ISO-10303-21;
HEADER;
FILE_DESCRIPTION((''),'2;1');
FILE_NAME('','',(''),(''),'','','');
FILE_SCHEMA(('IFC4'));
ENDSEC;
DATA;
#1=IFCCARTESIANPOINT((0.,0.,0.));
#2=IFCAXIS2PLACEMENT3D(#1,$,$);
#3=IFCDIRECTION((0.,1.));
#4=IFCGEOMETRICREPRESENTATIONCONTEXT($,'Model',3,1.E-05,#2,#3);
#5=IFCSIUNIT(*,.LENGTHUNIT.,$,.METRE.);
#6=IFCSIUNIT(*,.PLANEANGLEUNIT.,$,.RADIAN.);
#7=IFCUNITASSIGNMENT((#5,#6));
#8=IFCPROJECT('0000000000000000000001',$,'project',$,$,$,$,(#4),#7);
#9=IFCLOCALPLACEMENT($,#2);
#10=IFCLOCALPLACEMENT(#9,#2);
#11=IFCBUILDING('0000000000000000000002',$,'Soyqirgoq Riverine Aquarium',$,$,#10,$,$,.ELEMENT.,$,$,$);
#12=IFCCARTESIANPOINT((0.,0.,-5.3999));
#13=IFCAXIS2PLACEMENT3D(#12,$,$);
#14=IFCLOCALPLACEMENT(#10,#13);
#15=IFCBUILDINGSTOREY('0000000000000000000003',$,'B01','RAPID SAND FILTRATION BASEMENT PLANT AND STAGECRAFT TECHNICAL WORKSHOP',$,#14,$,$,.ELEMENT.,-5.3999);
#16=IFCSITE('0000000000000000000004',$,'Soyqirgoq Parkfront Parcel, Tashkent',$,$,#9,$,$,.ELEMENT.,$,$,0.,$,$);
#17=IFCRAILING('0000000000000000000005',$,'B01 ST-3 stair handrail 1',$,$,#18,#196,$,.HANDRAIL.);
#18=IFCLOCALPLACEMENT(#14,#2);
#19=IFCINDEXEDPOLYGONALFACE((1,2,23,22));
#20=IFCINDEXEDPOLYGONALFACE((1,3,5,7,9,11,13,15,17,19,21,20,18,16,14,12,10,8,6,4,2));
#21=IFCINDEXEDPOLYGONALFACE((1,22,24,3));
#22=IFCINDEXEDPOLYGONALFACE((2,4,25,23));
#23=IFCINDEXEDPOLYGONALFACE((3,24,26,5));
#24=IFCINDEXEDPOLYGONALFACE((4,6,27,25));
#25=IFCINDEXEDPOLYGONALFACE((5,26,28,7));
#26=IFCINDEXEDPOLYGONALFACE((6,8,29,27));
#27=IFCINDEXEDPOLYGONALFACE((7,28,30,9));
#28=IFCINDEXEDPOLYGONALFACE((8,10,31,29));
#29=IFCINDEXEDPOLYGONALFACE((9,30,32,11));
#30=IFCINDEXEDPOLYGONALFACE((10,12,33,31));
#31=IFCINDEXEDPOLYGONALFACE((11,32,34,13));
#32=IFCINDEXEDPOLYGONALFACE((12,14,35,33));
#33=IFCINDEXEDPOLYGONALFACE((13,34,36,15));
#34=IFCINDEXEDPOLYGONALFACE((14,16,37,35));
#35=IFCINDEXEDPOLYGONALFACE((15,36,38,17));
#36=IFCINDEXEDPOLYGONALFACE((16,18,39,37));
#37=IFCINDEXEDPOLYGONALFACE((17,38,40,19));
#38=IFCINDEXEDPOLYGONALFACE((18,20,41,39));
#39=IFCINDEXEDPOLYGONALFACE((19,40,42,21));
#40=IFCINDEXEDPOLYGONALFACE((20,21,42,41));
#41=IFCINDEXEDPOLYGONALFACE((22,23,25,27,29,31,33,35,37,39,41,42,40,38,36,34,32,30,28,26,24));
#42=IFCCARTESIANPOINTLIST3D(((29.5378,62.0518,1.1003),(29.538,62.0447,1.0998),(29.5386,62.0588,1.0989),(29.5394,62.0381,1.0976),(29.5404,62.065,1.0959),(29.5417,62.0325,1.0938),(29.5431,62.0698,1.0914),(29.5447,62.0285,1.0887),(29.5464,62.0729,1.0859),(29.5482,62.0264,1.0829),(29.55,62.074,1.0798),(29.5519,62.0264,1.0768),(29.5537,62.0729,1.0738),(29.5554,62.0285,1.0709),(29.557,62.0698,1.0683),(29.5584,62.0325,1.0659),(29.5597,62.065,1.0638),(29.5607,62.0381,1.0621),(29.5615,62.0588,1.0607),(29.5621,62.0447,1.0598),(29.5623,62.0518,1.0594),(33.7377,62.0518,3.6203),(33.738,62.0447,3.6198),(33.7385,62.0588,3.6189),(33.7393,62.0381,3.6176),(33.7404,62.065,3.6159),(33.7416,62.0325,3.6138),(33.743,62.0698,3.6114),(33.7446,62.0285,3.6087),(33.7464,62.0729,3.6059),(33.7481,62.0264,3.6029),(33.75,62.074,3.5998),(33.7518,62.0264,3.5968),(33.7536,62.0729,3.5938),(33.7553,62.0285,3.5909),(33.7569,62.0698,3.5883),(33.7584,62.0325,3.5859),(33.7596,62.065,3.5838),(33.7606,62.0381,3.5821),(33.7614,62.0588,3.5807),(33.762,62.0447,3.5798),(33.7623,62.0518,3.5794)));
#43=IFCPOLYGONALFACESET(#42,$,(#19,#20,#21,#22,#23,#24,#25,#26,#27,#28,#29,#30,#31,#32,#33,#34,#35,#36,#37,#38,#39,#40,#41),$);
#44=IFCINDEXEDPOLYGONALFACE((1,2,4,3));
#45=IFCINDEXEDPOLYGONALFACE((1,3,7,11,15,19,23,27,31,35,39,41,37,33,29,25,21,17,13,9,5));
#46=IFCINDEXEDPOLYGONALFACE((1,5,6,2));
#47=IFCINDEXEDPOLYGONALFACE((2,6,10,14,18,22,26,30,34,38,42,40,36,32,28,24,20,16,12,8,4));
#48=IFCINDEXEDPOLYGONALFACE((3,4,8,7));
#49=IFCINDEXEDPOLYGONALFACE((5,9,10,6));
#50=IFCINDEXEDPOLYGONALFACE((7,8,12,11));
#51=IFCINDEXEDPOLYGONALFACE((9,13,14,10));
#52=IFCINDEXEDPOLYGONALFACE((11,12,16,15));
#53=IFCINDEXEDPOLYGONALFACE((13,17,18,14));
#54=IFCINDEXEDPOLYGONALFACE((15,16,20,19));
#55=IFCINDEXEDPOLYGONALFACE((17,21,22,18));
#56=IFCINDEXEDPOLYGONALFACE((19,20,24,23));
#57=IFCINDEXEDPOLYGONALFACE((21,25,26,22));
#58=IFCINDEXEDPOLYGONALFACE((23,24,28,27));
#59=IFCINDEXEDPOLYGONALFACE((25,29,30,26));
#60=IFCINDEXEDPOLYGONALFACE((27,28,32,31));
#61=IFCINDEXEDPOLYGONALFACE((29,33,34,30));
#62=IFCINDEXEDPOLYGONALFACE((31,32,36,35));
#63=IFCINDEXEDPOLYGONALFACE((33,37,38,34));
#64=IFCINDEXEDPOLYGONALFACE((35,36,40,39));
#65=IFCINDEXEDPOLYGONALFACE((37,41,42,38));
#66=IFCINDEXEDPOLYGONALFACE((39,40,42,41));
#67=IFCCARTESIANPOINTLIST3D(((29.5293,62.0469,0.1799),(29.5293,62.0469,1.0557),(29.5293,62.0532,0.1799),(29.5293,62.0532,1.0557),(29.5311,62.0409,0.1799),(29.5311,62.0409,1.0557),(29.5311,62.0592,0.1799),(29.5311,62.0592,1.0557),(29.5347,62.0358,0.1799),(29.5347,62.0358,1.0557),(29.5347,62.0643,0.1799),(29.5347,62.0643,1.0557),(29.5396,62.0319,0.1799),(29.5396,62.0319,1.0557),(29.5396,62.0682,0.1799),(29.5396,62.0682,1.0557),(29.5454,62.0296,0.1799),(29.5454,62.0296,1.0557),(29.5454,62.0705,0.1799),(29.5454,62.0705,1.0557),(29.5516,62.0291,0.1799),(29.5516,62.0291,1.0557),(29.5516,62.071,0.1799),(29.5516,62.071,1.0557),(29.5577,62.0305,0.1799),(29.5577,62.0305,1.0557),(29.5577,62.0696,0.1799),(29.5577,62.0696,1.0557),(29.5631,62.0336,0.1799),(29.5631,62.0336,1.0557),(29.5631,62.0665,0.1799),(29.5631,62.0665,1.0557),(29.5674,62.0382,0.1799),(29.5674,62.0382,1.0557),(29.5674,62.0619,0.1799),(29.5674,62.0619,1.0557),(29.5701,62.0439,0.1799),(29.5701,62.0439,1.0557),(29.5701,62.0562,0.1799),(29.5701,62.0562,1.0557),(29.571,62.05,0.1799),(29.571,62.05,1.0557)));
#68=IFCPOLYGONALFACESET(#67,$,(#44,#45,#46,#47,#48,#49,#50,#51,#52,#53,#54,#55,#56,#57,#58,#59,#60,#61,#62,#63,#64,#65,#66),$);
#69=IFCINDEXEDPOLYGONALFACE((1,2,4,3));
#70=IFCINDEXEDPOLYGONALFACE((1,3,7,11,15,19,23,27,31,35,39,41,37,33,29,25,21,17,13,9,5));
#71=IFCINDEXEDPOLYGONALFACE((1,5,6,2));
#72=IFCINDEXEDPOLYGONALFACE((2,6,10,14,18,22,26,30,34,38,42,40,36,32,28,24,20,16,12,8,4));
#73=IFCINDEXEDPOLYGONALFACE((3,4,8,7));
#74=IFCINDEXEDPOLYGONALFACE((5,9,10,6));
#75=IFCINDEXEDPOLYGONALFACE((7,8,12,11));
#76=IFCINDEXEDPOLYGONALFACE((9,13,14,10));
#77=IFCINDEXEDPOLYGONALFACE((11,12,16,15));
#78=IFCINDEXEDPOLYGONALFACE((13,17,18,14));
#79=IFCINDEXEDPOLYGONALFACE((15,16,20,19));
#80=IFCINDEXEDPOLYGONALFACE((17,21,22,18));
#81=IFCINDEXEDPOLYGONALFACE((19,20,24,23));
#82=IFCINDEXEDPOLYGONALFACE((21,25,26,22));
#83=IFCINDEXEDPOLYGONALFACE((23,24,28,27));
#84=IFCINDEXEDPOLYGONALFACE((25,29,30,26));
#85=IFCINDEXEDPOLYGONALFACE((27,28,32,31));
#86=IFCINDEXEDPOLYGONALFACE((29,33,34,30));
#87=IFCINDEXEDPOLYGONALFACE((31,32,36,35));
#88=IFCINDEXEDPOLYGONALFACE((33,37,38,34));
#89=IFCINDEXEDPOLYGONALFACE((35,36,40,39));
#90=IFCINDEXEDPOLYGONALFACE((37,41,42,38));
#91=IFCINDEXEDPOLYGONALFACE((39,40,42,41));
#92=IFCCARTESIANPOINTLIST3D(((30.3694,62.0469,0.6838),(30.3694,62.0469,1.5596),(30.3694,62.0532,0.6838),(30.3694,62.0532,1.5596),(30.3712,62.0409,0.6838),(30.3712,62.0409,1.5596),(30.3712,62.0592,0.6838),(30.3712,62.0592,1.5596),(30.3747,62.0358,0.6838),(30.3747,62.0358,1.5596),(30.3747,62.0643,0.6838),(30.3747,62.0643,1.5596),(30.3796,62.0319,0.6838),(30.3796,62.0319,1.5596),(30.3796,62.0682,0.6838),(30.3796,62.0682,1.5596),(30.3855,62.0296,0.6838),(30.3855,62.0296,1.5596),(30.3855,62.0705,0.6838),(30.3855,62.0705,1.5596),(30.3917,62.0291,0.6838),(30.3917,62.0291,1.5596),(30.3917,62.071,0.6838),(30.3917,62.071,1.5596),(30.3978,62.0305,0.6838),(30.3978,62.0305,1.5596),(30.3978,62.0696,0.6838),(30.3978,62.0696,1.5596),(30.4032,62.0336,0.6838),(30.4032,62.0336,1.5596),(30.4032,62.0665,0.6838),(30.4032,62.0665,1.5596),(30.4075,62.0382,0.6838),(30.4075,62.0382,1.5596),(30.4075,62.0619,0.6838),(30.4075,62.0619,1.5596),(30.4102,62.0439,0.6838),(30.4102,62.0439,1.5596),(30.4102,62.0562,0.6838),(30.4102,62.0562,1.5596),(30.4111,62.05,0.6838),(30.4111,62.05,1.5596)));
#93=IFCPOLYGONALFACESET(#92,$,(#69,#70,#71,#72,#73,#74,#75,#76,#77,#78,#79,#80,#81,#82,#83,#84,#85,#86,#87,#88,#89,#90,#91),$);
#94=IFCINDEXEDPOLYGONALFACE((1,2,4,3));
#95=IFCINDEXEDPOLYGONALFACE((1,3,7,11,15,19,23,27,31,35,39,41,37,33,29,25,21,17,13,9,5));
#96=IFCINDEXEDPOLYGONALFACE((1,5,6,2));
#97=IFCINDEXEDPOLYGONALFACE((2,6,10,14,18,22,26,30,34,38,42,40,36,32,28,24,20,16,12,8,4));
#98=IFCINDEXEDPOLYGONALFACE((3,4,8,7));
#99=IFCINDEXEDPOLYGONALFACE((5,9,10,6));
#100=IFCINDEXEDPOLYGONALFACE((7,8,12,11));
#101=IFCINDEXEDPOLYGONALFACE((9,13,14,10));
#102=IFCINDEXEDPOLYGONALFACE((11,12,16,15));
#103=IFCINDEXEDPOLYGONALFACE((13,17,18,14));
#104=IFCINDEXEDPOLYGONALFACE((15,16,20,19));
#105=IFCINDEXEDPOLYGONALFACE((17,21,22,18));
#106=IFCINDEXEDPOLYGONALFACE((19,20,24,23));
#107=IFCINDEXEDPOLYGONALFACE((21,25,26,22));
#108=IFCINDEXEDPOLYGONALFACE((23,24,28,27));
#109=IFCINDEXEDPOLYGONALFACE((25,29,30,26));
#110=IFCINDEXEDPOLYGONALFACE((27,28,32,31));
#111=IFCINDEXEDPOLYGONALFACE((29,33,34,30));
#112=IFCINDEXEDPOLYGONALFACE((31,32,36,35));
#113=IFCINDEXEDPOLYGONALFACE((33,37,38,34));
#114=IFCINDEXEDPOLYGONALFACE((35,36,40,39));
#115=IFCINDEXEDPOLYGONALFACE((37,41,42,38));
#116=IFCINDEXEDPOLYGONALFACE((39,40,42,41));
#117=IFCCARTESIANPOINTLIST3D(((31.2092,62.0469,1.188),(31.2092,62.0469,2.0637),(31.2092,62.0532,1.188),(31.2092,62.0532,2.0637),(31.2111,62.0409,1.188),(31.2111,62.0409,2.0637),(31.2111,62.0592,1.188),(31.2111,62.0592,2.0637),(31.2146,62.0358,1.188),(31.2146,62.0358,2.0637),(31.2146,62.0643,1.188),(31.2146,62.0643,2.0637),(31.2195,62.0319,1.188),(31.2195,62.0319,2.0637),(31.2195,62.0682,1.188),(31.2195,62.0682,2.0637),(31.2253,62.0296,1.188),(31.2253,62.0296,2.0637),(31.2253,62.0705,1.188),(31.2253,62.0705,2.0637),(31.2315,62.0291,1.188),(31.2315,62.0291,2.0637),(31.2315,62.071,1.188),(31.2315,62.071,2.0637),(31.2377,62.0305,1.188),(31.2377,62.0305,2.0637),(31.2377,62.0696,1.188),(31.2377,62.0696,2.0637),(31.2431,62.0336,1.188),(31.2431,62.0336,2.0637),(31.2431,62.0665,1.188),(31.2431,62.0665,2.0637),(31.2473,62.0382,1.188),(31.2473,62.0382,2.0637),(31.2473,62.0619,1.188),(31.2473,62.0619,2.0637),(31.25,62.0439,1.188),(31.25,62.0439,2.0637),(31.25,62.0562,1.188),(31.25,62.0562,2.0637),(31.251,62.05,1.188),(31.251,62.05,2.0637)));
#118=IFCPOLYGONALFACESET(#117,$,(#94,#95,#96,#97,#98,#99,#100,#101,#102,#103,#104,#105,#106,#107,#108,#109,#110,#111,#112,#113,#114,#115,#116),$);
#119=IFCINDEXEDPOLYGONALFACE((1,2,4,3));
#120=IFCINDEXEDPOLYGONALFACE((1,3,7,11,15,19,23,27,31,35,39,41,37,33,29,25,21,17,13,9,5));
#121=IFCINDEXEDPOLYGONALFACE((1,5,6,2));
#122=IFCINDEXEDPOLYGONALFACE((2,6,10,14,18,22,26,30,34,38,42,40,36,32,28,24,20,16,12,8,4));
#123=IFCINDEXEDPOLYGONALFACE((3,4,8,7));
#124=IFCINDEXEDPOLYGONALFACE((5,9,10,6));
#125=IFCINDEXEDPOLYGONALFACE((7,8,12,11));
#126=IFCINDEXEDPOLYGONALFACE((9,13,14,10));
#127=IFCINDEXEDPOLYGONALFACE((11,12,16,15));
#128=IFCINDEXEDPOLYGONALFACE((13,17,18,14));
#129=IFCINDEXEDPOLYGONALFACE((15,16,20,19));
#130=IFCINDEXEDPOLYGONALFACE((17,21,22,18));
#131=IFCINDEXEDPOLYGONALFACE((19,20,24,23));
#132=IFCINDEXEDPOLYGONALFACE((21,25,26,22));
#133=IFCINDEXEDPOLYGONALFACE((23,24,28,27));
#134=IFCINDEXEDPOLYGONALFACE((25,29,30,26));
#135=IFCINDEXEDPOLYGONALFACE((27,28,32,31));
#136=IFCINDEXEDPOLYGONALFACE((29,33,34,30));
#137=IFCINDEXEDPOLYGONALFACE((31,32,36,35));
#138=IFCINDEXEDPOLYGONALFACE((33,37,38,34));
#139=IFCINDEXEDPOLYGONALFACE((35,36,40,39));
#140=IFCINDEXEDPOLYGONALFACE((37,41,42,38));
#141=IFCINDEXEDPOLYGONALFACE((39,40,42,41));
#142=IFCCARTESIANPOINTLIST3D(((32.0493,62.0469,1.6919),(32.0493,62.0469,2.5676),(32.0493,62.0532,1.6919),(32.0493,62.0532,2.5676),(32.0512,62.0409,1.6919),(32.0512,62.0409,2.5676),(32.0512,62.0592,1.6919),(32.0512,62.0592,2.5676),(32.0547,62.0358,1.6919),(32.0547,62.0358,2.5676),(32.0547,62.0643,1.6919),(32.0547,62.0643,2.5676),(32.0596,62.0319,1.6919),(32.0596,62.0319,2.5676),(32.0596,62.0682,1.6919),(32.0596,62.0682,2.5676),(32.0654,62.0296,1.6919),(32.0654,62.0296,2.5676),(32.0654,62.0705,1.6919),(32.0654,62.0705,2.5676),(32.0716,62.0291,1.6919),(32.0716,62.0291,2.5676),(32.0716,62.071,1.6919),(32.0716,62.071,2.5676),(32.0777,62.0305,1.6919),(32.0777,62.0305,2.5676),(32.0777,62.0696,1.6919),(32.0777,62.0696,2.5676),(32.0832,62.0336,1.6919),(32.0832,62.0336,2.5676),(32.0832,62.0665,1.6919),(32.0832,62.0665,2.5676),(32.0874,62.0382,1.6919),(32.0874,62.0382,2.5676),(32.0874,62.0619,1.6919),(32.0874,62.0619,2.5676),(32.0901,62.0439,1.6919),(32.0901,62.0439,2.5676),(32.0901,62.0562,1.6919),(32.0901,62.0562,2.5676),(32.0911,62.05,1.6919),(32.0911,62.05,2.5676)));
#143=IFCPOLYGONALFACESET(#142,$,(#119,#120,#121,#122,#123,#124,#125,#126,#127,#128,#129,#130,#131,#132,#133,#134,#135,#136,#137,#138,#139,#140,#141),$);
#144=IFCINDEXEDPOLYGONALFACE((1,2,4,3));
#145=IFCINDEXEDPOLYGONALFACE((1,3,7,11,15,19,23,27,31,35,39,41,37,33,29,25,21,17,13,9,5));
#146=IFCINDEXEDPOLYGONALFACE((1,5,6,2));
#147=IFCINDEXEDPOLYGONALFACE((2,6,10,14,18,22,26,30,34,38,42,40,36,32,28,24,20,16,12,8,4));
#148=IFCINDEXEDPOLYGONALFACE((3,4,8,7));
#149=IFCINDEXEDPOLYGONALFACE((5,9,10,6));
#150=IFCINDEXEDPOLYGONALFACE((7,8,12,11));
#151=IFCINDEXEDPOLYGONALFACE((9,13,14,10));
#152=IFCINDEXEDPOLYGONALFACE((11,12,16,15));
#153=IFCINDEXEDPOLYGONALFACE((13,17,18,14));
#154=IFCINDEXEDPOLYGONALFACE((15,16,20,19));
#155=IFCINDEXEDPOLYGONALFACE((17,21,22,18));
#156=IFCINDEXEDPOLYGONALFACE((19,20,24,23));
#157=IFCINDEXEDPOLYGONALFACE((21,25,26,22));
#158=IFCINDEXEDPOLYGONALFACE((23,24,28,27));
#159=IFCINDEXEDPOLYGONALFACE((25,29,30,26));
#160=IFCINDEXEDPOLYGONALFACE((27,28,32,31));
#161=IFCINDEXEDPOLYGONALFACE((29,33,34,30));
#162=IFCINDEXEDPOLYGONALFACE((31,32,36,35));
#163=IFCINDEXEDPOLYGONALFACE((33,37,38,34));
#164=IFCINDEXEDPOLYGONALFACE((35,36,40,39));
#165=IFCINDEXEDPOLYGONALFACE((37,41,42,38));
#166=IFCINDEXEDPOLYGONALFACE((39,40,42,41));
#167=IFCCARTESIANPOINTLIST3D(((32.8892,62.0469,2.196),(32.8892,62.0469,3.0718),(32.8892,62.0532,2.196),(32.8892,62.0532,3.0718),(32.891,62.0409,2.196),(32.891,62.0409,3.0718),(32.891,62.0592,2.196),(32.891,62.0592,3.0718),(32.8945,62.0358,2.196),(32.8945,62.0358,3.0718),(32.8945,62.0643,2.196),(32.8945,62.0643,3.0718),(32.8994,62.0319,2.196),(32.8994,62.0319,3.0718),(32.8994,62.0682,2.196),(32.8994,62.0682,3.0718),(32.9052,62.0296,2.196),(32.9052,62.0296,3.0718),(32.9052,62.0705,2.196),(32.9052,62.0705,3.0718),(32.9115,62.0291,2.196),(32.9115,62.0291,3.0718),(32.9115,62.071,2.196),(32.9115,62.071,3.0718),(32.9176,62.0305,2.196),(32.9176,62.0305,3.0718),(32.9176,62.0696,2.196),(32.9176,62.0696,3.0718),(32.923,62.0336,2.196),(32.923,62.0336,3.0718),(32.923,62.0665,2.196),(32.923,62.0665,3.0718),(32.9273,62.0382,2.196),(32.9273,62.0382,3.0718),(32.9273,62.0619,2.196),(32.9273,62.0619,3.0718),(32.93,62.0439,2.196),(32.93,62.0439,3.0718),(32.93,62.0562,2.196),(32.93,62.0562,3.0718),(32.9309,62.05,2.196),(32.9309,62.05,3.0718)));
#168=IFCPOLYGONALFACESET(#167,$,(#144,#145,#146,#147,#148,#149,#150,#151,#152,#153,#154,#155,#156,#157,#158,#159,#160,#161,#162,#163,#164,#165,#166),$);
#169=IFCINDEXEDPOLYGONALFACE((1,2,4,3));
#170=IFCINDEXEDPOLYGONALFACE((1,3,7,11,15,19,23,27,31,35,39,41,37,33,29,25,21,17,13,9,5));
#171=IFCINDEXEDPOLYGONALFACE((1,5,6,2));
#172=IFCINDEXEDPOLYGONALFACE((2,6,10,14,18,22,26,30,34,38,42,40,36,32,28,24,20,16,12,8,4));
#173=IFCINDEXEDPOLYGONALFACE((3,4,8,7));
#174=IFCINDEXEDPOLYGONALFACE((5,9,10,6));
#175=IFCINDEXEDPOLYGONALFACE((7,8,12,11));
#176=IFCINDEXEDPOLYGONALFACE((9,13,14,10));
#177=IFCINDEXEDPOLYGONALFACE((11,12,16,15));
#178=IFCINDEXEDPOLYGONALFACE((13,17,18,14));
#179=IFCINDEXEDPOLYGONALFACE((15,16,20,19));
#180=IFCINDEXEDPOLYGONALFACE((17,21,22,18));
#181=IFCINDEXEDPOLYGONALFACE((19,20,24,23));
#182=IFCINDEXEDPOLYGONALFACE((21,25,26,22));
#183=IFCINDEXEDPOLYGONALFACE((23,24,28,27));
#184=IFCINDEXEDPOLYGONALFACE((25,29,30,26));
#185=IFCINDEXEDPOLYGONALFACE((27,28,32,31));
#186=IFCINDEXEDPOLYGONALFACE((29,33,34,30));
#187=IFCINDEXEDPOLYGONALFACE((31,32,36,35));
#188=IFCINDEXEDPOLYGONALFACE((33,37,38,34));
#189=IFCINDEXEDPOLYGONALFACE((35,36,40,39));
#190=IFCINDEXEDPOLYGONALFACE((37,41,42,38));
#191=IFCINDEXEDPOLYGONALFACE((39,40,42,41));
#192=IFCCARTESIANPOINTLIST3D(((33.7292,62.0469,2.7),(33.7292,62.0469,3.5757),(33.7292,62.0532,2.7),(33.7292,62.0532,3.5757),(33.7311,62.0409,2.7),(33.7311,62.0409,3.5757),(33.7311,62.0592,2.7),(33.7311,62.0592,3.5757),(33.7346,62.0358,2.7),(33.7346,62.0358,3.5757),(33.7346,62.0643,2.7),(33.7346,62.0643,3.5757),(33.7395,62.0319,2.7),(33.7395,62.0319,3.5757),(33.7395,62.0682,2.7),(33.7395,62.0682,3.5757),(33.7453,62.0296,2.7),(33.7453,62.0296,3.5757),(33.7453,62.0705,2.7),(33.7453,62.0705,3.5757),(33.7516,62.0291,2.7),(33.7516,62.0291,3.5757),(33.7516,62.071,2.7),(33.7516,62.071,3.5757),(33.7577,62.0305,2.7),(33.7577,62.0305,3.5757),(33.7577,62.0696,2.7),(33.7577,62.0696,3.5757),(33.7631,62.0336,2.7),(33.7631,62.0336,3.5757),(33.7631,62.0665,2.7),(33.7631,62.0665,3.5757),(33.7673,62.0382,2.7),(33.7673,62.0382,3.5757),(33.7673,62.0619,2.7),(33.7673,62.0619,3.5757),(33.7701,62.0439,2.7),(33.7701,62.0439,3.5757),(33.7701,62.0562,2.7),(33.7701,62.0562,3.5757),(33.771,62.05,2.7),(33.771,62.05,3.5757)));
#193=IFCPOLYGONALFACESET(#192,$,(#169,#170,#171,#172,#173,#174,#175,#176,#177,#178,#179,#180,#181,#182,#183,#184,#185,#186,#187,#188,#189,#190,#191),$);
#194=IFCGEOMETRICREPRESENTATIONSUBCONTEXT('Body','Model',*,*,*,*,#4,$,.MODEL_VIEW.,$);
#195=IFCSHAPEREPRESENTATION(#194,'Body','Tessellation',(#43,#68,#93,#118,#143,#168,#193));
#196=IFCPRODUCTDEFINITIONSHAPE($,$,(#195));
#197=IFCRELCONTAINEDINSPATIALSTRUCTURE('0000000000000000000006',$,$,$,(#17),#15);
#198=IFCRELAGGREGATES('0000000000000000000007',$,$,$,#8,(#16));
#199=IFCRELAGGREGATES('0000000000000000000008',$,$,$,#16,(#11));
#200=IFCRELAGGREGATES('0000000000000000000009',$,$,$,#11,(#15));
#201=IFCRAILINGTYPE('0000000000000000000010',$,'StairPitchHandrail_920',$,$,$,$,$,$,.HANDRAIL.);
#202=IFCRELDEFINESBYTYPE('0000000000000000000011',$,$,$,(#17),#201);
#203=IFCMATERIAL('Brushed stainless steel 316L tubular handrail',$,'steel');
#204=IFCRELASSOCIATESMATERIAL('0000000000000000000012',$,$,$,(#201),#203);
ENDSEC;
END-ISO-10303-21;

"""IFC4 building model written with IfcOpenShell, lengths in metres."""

from ifc_helpers import new_model, si_unit, direction, frame, origin, origin_2d, place, context, subcontext, project, spatial, circle, extrude, material, type_object, element, save


model = new_model("IFC4")

# Units and contexts
model_context = context("Model", 3, precision=1e-05, world=origin(), true_north=direction((0.0, 1.0)))
body_context = subcontext(model_context, "Body", "Model", "MODEL_VIEW")
ifc_project = project(units=[si_unit("LENGTHUNIT", "METRE"), si_unit("PLANEANGLEUNIT", "RADIAN")], contexts=[model_context])

# Site, building, storey
site_placement = place(None, origin())
site = spatial("IfcSite", under=ifc_project, at=site_placement, Name="Soyqirgoq Parkfront Parcel, Tashkent", CompositionType="ELEMENT", RefElevation=0.0)
building_placement = place(site_placement, origin())
building = spatial("IfcBuilding", under=site, at=building_placement, Name="Soyqirgoq Riverine Aquarium", CompositionType="ELEMENT")
storey_placement = place(building_placement, frame((0.0, 0.0, -5.3999)))
storey = spatial("IfcBuildingStorey", under=building, at=storey_placement, Name="B01", Description="RAPID SAND FILTRATION BASEMENT PLANT AND STAGECRAFT TECHNICAL WORKSHOP", CompositionType="ELEMENT", Elevation=-5.3999)

# Railing
ifc_material_1 = material(Name="Brushed stainless steel 316L tubular handrail", Category="steel")
railing_type_1 = type_object("IfcRailingType", Name="StairPitchHandrail_920", PredefinedType="HANDRAIL", material=ifc_material_1)
railing_1_placement = place(storey_placement, frame((29.55, 62.05, 0.1799)))
element("IfcRailing", 1, at=railing_1_placement, inside=storey, type_object=railing_type_1, Name="B01 ST-3 stair handrail 1", PredefinedType="HANDRAIL", context=body_context, shape_type="SweptSolid", body=[
    extrude(circle(Radius=0.0239, at=origin_2d()), frame((0.0, 0.0, 0.8999), z_axis=(0.857489, 0.0, 0.514503), x_axis=(0.0, 1.0, 0.0)), (0.0, 0.0, 1.0), 4.8979),
    extrude(circle(Radius=0.021, at=origin_2d()), origin(), (0.0, 0.0, 1.0), 0.8757),
    extrude(circle(Radius=0.021, at=origin_2d()), frame((0.8401, 0.0, 0.5039)), (0.0, 0.0, 1.0), 0.8757),
    extrude(circle(Radius=0.021, at=origin_2d()), frame((1.6799, 0.0, 1.0081)), (0.0, 0.0, 1.0), 0.8757),
    extrude(circle(Radius=0.021, at=origin_2d()), frame((2.52, 0.0, 1.512)), (0.0, 0.0, 1.0), 0.8757),
    extrude(circle(Radius=0.021, at=origin_2d()), frame((3.3599, 0.0, 2.0161)), (0.0, 0.0, 1.0), 0.8757),
    extrude(circle(Radius=0.021, at=origin_2d()), frame((4.2, 0.0, 2.52)), (0.0, 0.0, 1.0), 0.8757),
])

save(model, "model.ifc")
